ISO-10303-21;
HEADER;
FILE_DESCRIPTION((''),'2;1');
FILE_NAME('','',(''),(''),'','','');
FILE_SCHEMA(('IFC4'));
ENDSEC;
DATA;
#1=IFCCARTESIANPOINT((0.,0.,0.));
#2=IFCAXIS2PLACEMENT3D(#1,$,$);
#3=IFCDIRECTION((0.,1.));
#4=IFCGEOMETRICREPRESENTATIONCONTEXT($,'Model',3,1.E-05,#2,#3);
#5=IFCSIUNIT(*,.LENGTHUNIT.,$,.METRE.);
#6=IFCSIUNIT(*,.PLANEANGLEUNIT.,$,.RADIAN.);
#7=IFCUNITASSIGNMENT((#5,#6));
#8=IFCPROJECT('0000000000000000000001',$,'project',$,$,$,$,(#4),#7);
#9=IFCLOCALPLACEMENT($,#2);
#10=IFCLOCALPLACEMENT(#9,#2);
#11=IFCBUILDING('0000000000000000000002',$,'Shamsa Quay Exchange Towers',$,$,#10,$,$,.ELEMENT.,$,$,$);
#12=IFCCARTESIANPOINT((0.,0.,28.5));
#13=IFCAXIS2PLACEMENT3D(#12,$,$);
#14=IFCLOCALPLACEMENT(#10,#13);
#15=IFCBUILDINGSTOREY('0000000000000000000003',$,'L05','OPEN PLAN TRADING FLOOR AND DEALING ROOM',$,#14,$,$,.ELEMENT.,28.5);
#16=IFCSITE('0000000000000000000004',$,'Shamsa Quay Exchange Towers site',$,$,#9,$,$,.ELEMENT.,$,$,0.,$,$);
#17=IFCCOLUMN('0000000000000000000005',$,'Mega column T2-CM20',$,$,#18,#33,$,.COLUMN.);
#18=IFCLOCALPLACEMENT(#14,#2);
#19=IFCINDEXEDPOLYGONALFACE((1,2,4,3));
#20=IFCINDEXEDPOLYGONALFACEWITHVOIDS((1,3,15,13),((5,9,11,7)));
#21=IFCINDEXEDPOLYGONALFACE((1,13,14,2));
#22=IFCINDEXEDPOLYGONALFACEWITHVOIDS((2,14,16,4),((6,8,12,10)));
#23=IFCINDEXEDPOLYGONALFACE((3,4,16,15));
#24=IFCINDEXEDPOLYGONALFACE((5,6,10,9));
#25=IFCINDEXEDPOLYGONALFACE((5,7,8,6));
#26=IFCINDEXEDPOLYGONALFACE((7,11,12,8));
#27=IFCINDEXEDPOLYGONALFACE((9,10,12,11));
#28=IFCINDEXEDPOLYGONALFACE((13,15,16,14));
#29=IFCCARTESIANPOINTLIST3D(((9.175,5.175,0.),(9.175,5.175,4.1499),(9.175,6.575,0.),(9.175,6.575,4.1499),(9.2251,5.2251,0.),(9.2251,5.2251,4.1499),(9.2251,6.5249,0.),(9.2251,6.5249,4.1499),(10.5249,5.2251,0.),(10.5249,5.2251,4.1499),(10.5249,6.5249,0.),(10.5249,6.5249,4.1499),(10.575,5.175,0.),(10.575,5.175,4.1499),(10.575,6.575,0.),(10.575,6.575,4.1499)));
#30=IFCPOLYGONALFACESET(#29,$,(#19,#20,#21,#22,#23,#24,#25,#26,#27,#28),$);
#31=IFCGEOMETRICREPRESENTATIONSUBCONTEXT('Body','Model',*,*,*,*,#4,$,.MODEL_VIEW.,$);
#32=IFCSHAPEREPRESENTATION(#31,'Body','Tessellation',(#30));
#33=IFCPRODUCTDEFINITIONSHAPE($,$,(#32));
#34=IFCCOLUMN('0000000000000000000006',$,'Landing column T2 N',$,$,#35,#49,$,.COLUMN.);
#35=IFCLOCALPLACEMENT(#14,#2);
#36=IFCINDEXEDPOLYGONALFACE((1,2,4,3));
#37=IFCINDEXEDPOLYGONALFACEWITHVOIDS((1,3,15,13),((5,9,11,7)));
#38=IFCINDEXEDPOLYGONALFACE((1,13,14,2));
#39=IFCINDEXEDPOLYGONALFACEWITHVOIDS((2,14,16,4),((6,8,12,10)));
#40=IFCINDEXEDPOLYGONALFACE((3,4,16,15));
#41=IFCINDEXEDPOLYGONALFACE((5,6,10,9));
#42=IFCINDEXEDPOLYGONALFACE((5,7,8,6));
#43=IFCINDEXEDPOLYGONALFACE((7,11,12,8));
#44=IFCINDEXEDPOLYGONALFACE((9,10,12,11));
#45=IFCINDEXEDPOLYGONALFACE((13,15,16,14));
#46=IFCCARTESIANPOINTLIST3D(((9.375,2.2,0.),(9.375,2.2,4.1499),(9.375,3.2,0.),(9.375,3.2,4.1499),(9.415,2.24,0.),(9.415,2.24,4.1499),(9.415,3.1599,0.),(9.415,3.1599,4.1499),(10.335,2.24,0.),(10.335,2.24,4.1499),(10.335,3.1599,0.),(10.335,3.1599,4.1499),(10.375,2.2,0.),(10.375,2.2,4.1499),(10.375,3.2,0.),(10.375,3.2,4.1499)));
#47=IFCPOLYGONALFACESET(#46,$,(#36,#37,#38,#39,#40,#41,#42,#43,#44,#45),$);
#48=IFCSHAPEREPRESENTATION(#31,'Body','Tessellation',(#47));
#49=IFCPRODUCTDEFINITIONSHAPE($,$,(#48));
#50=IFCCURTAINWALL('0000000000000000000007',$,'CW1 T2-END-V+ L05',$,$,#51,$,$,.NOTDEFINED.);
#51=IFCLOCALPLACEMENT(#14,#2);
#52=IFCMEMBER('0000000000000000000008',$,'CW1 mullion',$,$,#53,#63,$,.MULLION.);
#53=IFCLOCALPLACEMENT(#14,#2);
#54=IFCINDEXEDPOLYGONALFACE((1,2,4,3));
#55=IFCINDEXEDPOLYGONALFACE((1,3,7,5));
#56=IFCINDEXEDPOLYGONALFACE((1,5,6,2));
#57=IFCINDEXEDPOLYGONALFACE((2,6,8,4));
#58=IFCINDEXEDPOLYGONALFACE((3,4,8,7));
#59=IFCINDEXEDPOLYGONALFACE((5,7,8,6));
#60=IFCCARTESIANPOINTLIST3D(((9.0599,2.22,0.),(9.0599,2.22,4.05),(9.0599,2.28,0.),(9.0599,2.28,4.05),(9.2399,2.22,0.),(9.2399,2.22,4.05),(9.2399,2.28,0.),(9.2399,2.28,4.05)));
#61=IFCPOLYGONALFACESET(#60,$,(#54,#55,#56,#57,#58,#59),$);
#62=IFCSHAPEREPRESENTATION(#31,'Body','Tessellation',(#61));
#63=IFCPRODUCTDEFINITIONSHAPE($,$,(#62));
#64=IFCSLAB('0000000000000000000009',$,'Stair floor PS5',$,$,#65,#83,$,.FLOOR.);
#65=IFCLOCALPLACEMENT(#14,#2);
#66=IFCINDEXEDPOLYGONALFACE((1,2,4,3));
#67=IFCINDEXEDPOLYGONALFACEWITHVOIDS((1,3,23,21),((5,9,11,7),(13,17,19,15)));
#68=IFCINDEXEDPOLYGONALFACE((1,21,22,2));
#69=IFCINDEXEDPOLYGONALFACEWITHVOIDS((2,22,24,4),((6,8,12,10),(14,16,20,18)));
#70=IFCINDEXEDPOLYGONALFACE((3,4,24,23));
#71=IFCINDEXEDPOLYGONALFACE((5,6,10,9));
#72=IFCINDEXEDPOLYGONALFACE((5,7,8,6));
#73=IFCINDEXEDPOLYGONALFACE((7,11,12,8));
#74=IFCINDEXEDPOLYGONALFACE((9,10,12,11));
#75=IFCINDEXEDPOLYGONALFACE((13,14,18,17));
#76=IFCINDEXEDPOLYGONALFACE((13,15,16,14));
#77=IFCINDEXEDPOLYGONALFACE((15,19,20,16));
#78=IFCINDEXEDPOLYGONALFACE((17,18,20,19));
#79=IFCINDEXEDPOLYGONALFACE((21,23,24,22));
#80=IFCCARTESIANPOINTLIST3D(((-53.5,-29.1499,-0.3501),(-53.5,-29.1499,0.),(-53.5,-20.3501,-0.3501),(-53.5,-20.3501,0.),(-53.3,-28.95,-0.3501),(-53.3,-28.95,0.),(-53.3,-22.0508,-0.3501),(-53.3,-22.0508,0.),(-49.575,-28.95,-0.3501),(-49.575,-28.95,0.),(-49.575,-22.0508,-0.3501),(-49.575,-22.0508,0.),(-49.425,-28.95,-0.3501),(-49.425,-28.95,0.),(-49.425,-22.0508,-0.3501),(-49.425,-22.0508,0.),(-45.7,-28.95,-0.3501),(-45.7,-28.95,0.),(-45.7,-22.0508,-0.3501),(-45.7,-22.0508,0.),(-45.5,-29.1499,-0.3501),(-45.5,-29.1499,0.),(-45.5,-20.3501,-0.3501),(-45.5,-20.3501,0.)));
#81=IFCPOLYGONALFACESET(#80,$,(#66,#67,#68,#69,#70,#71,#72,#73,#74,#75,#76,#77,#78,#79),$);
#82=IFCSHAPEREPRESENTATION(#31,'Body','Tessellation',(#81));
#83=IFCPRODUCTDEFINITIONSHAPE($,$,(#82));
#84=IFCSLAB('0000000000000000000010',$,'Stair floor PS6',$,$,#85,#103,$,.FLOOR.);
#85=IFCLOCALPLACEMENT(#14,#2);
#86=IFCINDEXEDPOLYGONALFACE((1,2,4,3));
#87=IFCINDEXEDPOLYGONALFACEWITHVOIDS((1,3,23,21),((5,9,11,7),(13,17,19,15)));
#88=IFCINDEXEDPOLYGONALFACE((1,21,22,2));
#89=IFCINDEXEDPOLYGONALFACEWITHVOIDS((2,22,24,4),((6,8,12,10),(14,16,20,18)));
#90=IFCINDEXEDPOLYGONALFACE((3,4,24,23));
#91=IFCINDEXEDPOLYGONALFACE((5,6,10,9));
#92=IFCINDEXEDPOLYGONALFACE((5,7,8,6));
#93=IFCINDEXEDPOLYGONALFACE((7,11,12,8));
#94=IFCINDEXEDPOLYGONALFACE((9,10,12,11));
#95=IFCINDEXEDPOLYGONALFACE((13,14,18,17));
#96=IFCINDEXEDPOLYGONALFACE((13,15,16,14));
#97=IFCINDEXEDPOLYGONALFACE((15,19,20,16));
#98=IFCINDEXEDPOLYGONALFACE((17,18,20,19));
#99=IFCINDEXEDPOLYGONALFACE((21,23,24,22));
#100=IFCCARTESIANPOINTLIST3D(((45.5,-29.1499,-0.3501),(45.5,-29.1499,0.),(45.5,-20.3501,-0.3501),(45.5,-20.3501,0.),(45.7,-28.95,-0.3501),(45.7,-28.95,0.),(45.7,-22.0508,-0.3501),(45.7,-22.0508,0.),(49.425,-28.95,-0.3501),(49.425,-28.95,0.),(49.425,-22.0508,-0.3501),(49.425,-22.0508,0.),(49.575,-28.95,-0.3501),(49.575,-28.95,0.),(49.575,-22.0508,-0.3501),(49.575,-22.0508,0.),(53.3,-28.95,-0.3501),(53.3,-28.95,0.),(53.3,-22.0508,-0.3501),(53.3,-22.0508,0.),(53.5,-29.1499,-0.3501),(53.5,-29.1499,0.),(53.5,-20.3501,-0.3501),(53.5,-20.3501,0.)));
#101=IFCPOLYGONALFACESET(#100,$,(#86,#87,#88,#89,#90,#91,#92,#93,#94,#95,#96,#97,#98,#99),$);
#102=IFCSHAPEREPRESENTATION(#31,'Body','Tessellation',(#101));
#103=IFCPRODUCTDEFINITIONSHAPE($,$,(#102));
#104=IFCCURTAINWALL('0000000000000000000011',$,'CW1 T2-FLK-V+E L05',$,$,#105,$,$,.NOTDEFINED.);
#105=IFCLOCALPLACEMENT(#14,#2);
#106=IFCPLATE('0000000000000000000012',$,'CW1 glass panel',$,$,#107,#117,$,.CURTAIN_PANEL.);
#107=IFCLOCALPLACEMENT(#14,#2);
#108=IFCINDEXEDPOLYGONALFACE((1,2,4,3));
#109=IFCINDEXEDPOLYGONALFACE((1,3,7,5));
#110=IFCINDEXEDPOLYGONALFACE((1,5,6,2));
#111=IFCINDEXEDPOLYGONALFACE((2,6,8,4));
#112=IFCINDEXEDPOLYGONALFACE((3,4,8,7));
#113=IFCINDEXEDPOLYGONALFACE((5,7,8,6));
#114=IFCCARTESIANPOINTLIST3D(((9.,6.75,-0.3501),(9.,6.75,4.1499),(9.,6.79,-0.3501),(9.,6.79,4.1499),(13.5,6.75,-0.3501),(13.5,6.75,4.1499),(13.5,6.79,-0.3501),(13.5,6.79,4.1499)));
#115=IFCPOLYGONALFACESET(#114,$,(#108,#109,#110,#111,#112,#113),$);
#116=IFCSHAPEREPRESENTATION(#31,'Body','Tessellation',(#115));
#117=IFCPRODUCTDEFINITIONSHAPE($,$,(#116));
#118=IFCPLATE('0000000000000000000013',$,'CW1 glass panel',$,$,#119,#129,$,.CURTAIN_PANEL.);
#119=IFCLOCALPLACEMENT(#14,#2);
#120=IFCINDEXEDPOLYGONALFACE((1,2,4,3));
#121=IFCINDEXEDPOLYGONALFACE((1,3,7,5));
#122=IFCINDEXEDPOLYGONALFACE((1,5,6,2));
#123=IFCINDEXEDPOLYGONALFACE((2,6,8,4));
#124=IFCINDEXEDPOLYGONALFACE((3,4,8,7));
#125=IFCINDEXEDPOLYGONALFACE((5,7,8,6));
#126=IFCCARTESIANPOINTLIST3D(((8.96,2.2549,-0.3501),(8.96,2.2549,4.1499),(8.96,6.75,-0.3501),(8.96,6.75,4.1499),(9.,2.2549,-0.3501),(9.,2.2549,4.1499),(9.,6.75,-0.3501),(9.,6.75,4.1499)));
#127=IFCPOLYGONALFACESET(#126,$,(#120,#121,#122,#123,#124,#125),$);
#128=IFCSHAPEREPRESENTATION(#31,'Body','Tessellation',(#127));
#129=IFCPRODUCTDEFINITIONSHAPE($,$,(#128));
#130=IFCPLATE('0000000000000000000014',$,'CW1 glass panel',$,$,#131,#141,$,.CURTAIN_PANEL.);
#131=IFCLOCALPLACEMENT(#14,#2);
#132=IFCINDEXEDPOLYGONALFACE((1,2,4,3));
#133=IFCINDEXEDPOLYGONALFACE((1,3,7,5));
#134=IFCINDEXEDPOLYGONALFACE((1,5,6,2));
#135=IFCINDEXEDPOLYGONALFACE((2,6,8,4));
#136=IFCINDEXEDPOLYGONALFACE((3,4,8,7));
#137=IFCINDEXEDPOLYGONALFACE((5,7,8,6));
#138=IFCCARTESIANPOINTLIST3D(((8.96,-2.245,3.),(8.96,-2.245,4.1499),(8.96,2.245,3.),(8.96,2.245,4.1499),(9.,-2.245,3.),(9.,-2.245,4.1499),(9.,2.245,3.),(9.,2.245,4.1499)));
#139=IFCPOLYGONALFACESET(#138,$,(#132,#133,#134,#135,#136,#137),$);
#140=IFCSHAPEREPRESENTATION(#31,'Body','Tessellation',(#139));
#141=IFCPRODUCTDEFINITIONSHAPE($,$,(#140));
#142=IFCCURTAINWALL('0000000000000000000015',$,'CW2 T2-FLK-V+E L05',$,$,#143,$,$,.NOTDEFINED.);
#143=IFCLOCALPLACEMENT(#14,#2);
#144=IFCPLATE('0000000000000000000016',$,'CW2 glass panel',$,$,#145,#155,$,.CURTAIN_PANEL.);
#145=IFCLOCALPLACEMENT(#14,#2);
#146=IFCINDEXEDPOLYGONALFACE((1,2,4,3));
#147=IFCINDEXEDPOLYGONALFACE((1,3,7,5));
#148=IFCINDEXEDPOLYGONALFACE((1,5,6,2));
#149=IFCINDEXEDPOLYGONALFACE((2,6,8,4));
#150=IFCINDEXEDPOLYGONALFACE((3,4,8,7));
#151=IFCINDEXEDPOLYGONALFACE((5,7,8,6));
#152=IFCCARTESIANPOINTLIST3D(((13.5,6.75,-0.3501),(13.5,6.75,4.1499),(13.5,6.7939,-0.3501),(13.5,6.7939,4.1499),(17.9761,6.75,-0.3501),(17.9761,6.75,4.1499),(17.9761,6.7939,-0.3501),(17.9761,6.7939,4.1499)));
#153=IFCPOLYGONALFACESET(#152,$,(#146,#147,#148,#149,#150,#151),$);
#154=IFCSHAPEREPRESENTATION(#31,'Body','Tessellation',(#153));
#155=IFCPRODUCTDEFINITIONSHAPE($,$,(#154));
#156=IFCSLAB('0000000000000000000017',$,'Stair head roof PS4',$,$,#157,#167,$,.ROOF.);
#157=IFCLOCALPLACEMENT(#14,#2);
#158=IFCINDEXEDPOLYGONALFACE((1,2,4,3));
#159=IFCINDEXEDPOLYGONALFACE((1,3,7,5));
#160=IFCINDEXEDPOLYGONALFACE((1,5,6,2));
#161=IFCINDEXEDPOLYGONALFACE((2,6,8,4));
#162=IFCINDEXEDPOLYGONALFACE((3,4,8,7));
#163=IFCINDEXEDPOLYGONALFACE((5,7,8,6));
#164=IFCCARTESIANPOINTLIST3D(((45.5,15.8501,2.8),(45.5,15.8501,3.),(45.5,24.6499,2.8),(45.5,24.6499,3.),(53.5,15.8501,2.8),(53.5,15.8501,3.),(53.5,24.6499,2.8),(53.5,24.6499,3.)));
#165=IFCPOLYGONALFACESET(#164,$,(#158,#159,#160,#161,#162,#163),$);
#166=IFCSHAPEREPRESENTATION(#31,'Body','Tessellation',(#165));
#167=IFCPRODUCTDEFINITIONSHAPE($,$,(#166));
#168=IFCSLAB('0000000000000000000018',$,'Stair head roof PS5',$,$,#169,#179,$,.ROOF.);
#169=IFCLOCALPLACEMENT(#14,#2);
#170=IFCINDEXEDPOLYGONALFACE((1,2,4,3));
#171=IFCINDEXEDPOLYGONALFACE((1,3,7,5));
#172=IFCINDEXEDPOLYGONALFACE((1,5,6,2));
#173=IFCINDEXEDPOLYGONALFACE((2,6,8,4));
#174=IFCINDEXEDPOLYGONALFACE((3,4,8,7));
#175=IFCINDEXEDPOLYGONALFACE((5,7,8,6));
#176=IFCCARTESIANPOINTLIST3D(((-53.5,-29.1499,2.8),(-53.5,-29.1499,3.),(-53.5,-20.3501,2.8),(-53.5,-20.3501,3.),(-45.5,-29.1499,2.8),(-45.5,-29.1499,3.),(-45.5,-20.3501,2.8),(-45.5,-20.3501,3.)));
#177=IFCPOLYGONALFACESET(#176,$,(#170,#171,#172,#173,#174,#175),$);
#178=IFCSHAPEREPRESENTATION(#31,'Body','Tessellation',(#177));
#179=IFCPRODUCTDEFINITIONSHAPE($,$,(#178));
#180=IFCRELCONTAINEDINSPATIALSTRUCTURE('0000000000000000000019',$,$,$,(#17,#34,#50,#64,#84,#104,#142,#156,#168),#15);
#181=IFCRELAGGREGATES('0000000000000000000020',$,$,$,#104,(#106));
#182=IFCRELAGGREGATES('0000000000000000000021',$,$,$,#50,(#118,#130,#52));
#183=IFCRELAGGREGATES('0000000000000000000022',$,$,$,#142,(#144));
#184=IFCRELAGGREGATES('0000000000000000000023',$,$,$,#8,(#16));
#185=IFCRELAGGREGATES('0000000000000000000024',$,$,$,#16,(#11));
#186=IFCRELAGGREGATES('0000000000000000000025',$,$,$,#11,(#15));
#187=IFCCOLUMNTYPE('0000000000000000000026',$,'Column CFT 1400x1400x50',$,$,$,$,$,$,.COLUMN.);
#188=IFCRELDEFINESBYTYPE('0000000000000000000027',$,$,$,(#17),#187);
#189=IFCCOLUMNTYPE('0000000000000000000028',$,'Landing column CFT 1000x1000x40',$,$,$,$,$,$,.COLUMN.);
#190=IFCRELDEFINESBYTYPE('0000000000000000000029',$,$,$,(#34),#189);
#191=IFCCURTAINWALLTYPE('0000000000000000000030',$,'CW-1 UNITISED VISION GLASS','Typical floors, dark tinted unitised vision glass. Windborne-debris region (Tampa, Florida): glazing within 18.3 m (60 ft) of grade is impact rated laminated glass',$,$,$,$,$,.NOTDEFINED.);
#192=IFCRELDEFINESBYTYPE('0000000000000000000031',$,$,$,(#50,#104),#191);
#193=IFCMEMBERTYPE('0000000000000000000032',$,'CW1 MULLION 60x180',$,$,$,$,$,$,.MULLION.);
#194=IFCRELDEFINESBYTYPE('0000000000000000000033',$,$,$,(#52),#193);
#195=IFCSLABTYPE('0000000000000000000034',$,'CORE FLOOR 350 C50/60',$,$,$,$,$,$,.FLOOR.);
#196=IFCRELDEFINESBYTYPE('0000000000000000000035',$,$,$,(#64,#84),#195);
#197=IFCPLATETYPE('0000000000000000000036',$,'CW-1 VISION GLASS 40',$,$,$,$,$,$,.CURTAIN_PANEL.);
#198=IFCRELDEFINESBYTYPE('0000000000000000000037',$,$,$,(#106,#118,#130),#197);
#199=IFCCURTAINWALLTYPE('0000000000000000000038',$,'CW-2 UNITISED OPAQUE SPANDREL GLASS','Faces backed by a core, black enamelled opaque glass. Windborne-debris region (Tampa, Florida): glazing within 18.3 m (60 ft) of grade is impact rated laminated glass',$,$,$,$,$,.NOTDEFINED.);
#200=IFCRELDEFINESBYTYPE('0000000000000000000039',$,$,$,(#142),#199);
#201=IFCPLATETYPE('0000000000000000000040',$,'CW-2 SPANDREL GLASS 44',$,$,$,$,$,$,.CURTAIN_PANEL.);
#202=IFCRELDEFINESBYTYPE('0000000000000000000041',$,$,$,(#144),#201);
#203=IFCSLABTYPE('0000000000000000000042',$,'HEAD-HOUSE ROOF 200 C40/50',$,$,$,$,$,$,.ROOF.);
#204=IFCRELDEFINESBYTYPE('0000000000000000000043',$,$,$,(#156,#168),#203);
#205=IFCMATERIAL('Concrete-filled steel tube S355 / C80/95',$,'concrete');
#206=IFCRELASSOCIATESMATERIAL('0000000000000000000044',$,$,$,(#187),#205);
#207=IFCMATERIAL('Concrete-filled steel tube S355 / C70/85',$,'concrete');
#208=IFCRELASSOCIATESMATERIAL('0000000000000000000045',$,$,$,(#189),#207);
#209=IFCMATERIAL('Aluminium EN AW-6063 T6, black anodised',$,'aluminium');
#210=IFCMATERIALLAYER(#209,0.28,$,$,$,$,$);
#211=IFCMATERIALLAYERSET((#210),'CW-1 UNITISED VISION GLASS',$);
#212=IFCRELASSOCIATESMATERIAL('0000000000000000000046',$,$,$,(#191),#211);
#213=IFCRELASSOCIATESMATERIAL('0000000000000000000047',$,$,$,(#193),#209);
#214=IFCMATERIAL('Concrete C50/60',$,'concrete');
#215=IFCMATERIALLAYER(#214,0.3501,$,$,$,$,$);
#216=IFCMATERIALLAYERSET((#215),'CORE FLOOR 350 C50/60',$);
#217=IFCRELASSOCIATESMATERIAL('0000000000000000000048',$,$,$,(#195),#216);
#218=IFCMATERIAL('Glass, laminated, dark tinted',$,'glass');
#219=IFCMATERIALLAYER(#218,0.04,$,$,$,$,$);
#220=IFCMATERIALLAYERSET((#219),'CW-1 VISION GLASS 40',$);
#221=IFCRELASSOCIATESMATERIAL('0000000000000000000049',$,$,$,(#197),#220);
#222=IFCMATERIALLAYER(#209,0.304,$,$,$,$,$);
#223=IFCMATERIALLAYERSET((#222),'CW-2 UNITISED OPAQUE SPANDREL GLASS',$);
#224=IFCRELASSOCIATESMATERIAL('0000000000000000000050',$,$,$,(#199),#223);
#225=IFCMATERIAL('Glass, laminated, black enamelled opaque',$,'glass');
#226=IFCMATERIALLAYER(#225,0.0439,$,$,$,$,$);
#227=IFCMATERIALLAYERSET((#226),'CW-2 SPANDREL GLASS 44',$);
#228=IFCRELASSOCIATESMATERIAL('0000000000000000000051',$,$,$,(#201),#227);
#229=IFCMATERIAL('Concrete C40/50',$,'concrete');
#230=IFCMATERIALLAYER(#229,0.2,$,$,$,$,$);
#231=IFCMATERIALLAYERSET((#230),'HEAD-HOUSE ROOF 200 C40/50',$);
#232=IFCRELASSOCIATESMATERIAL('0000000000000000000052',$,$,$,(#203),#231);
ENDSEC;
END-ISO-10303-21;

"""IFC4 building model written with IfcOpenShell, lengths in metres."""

from ifc_helpers import new_model, si_unit, direction, frame, origin, origin_2d, place, context, subcontext, project, spatial, polyline, rectangle, hollow_rectangle, outline, extrude, material, layer, layer_set, material_profile, profile_set, type_object, element, aggregate, save


model = new_model("IFC4")

# Units and contexts
model_context = context("Model", 3, precision=1e-05, world=origin(), true_north=direction((0.0, 1.0)))
body_context = subcontext(model_context, "Body", "Model", "MODEL_VIEW")
ifc_project = project(units=[si_unit("LENGTHUNIT", "METRE"), si_unit("PLANEANGLEUNIT", "RADIAN")], contexts=[model_context])

# Site, building, storey
site_placement = place(None, origin())
site = spatial("IfcSite", under=ifc_project, at=site_placement, Name="Shamsa Quay Exchange Towers site", CompositionType="ELEMENT", RefElevation=0.0)
building_placement = place(site_placement, origin())
building = spatial("IfcBuilding", under=site, at=building_placement, Name="Shamsa Quay Exchange Towers", CompositionType="ELEMENT")
storey_placement = place(building_placement, frame((0.0, 0.0, 28.5)))
storey = spatial("IfcBuildingStorey", under=building, at=storey_placement, Name="L05", Description="OPEN PLAN TRADING FLOOR AND DEALING ROOM", CompositionType="ELEMENT", Elevation=28.5)

# Columns
ifc_material_1 = material(Name="Concrete-filled steel tube S355 / C80/95", Category="concrete")
ifc_material_profile_1 = material_profile(ifc_material_1, hollow_rectangle(XDim=1.3999, YDim=1.3999, WallThickness=0.05, at=origin_2d()), Name="CFT 1400x1400x50")
ifc_profile_set_1 = profile_set([ifc_material_profile_1], Name="Concrete-filled steel tube S355 / C80/95")
column_type_1 = type_object("IfcColumnType", Name="Column CFT 1400x1400x50", PredefinedType="COLUMN", material=ifc_profile_set_1)
column_1_placement = place(storey_placement, frame((9.875, 5.875, 0.0)))
element("IfcColumn", 1, at=column_1_placement, inside=storey, type_object=column_type_1, Name="Mega column T2-CM20", PredefinedType="COLUMN", context=body_context, shape_type="SweptSolid", body=[
    extrude(hollow_rectangle(XDim=1.3999, YDim=1.3999, WallThickness=0.05, at=origin_2d()), origin(), (0.0, 0.0, 1.0), 4.1499),
])
ifc_material_2 = material(Name="Concrete-filled steel tube S355 / C70/85", Category="concrete")
ifc_material_profile_2 = material_profile(ifc_material_2, hollow_rectangle(XDim=1.0, YDim=1.0, WallThickness=0.04, at=origin_2d()), Name="CFT 1000x1000x40")
ifc_profile_set_2 = profile_set([ifc_material_profile_2], Name="Concrete-filled steel tube S355 / C70/85")
column_type_2 = type_object("IfcColumnType", Name="Landing column CFT 1000x1000x40", PredefinedType="COLUMN", material=ifc_profile_set_2)
column_2_placement = place(storey_placement, frame((9.875, 2.7, 0.0)))
element("IfcColumn", 2, at=column_2_placement, inside=storey, type_object=column_type_2, Name="Landing column T2 N", PredefinedType="COLUMN", context=body_context, shape_type="SweptSolid", body=[
    extrude(hollow_rectangle(XDim=1.0, YDim=1.0, WallThickness=0.04, at=origin_2d()), origin(), (0.0, 0.0, 1.0), 4.1499),
])

# Curtain wall, member
ifc_material_3 = material(Name="Aluminium EN AW-6063 T6, black anodised", Category="aluminium")
ifc_layer_1 = layer(ifc_material_3, 0.28)
ifc_layer_set_1 = layer_set([ifc_layer_1], Name="CW-1 UNITISED VISION GLASS")
curtain_wall_type_1 = type_object("IfcCurtainWallType", Name="CW-1 UNITISED VISION GLASS", Description="Typical floors, dark tinted unitised vision glass. Windborne-debris region (Tampa, Florida): glazing within 18.3 m (60 ft) of grade is impact rated laminated glass", PredefinedType="NOTDEFINED", material=ifc_layer_set_1)
curtain_wall_1_placement = place(storey_placement, origin())
curtain_wall_1 = element("IfcCurtainWall", 3, at=curtain_wall_1_placement, inside=storey, type_object=curtain_wall_type_1, Name="CW1 T2-END-V+ L05", PredefinedType="NOTDEFINED")
ifc_material_profile_3 = material_profile(ifc_material_3, rectangle(XDim=0.1799, YDim=0.0601, at=origin_2d()), Name="MU60x180")
ifc_profile_set_3 = profile_set([ifc_material_profile_3], Name="Aluminium EN AW-6063 T6, black anodised")
member_type = type_object("IfcMemberType", Name="CW1 MULLION 60x180", PredefinedType="MULLION", material=ifc_profile_set_3)
member_placement = place(storey_placement, frame((9.1499, 2.25, 0.0)))
member = element("IfcMember", 4, at=member_placement, type_object=member_type, Name="CW1 mullion", PredefinedType="MULLION", context=body_context, shape_type="SweptSolid", body=[
    extrude(rectangle(XDim=0.1799, YDim=0.0601, at=origin_2d()), origin(), (0.0, 0.0, 1.0), 4.05),
])

# Slabs
ifc_material_4 = material(Name="Concrete C50/60", Category="concrete")
ifc_layer_2 = layer(ifc_material_4, 0.3501)
ifc_layer_set_2 = layer_set([ifc_layer_2], Name="CORE FLOOR 350 C50/60")
slab_type_1 = type_object("IfcSlabType", Name="CORE FLOOR 350 C50/60", PredefinedType="FLOOR", material=ifc_layer_set_2)
slab_1_placement = place(storey_placement, frame((0.0, 0.0, -0.3501)))
element("IfcSlab", 5, at=slab_1_placement, inside=storey, type_object=slab_type_1, Name="Stair floor PS5", PredefinedType="FLOOR", context=body_context, shape_type="SweptSolid", body=[
    extrude(outline(polyline([(-53.5, -29.1499), (-45.5, -29.1499), (-45.5, -20.3501), (-53.5, -20.3501), (-53.5, -29.1499)]), holes=[polyline([(-53.3, -22.0508), (-49.575, -22.0508), (-49.575, -28.95), (-53.3, -28.95), (-53.3, -22.0508)]), polyline([(-49.425, -22.0508), (-45.7, -22.0508), (-45.7, -28.95), (-49.425, -28.95), (-49.425, -22.0508)])]), origin(), (0.0, 0.0, 1.0), 0.3501),
])
slab_2_placement = place(storey_placement, frame((0.0, 0.0, -0.3501)))
element("IfcSlab", 6, at=slab_2_placement, inside=storey, type_object=slab_type_1, Name="Stair floor PS6", PredefinedType="FLOOR", context=body_context, shape_type="SweptSolid", body=[
    extrude(outline(polyline([(45.5, -29.1499), (53.5, -29.1499), (53.5, -20.3501), (45.5, -20.3501), (45.5, -29.1499)]), holes=[polyline([(45.7, -22.0508), (49.425, -22.0508), (49.425, -28.95), (45.7, -28.95), (45.7, -22.0508)]), polyline([(49.575, -22.0508), (53.3, -22.0508), (53.3, -28.95), (49.575, -28.95), (49.575, -22.0508)])]), origin(), (0.0, 0.0, 1.0), 0.3501),
])

# Curtain wall, plate
curtain_wall_2_placement = place(storey_placement, origin())
curtain_wall_2 = element("IfcCurtainWall", 7, at=curtain_wall_2_placement, inside=storey, type_object=curtain_wall_type_1, Name="CW1 T2-FLK-V+E L05", PredefinedType="NOTDEFINED")
ifc_material_5 = material(Name="Glass, laminated, dark tinted", Category="glass")
ifc_layer_3 = layer(ifc_material_5, 0.04)
ifc_layer_set_3 = layer_set([ifc_layer_3], Name="CW-1 VISION GLASS 40")
plate_type_1 = type_object("IfcPlateType", Name="CW-1 VISION GLASS 40", PredefinedType="CURTAIN_PANEL", material=ifc_layer_set_3)
plate_1_placement = place(storey_placement, frame((11.25, 6.77, -0.3501), z_axis=(0.0, 0.0, 1.0), x_axis=(-1.0, 0.0, 0.0)))
plate_1 = element("IfcPlate", 8, at=plate_1_placement, type_object=plate_type_1, Name="CW1 glass panel", PredefinedType="CURTAIN_PANEL", context=body_context, shape_type="SweptSolid", body=[
    extrude(rectangle(XDim=4.5, YDim=0.04, at=origin_2d()), origin(), (0.0, 0.0, 1.0), 4.5),
])
aggregate(curtain_wall_2, [plate_1])

# Plates
plate_2_placement = place(storey_placement, frame((8.98, 4.5024, -0.3501), z_axis=(0.0, 0.0, 1.0), x_axis=(0.0, -1.0, 0.0)))
plate_2 = element("IfcPlate", 9, at=plate_2_placement, type_object=plate_type_1, Name="CW1 glass panel", PredefinedType="CURTAIN_PANEL", context=body_context, shape_type="SweptSolid", body=[
    extrude(rectangle(XDim=4.4951, YDim=0.04, at=origin_2d()), origin(), (0.0, 0.0, 1.0), 4.5),
])
plate_3_placement = place(storey_placement, frame((8.98, 0.0, 3.0), z_axis=(0.0, 0.0, 1.0), x_axis=(0.0, -1.0, 0.0)))
plate_3 = element("IfcPlate", 10, at=plate_3_placement, type_object=plate_type_1, Name="CW1 glass panel", PredefinedType="CURTAIN_PANEL", context=body_context, shape_type="SweptSolid", body=[
    extrude(rectangle(XDim=4.49, YDim=0.04, at=origin_2d()), origin(), (0.0, 0.0, 1.0), 1.1499),
])
aggregate(curtain_wall_1, [plate_2, plate_3, member])

# Curtain wall, plate
ifc_layer_4 = layer(ifc_material_3, 0.304)
ifc_layer_set_4 = layer_set([ifc_layer_4], Name="CW-2 UNITISED OPAQUE SPANDREL GLASS")
curtain_wall_type_2 = type_object("IfcCurtainWallType", Name="CW-2 UNITISED OPAQUE SPANDREL GLASS", Description="Faces backed by a core, black enamelled opaque glass. Windborne-debris region (Tampa, Florida): glazing within 18.3 m (60 ft) of grade is impact rated laminated glass", PredefinedType="NOTDEFINED", material=ifc_layer_set_4)
curtain_wall_3_placement = place(storey_placement, origin())
curtain_wall_3 = element("IfcCurtainWall", 11, at=curtain_wall_3_placement, inside=storey, type_object=curtain_wall_type_2, Name="CW2 T2-FLK-V+E L05", PredefinedType="NOTDEFINED")
ifc_material_6 = material(Name="Glass, laminated, black enamelled opaque", Category="glass")
ifc_layer_5 = layer(ifc_material_6, 0.0439)
ifc_layer_set_5 = layer_set([ifc_layer_5], Name="CW-2 SPANDREL GLASS 44")
plate_type_2 = type_object("IfcPlateType", Name="CW-2 SPANDREL GLASS 44", PredefinedType="CURTAIN_PANEL", material=ifc_layer_set_5)
plate_4_placement = place(storey_placement, frame((15.738, 6.772, -0.3501), z_axis=(0.0, 0.0, 1.0), x_axis=(-1.0, 0.0, 0.0)))
plate_4 = element("IfcPlate", 12, at=plate_4_placement, type_object=plate_type_2, Name="CW2 glass panel", PredefinedType="CURTAIN_PANEL", context=body_context, shape_type="SweptSolid", body=[
    extrude(rectangle(XDim=4.4761, YDim=0.0439, at=origin_2d()), origin(), (0.0, 0.0, 1.0), 4.5),
])
aggregate(curtain_wall_3, [plate_4])

# Slabs
ifc_material_7 = material(Name="Concrete C40/50", Category="concrete")
ifc_layer_6 = layer(ifc_material_7, 0.2)
ifc_layer_set_6 = layer_set([ifc_layer_6], Name="HEAD-HOUSE ROOF 200 C40/50")
slab_type_2 = type_object("IfcSlabType", Name="HEAD-HOUSE ROOF 200 C40/50", PredefinedType="ROOF", material=ifc_layer_set_6)
slab_3_placement = place(storey_placement, frame((0.0, 0.0, 2.8)))
element("IfcSlab", 13, at=slab_3_placement, inside=storey, type_object=slab_type_2, Name="Stair head roof PS4", PredefinedType="ROOF", context=body_context, shape_type="SweptSolid", body=[
    extrude(outline(polyline([(45.5, 15.8501), (53.5, 15.8501), (53.5, 24.6499), (45.5, 24.6499), (45.5, 15.8501)])), origin(), (0.0, 0.0, 1.0), 0.2),
])
slab_4_placement = place(storey_placement, frame((0.0, 0.0, 2.8)))
element("IfcSlab", 14, at=slab_4_placement, inside=storey, type_object=slab_type_2, Name="Stair head roof PS5", PredefinedType="ROOF", context=body_context, shape_type="SweptSolid", body=[
    extrude(outline(polyline([(-53.5, -29.1499), (-45.5, -29.1499), (-45.5, -20.3501), (-53.5, -20.3501), (-53.5, -29.1499)])), origin(), (0.0, 0.0, 1.0), 0.2),
])

save(model, "model.ifc")
